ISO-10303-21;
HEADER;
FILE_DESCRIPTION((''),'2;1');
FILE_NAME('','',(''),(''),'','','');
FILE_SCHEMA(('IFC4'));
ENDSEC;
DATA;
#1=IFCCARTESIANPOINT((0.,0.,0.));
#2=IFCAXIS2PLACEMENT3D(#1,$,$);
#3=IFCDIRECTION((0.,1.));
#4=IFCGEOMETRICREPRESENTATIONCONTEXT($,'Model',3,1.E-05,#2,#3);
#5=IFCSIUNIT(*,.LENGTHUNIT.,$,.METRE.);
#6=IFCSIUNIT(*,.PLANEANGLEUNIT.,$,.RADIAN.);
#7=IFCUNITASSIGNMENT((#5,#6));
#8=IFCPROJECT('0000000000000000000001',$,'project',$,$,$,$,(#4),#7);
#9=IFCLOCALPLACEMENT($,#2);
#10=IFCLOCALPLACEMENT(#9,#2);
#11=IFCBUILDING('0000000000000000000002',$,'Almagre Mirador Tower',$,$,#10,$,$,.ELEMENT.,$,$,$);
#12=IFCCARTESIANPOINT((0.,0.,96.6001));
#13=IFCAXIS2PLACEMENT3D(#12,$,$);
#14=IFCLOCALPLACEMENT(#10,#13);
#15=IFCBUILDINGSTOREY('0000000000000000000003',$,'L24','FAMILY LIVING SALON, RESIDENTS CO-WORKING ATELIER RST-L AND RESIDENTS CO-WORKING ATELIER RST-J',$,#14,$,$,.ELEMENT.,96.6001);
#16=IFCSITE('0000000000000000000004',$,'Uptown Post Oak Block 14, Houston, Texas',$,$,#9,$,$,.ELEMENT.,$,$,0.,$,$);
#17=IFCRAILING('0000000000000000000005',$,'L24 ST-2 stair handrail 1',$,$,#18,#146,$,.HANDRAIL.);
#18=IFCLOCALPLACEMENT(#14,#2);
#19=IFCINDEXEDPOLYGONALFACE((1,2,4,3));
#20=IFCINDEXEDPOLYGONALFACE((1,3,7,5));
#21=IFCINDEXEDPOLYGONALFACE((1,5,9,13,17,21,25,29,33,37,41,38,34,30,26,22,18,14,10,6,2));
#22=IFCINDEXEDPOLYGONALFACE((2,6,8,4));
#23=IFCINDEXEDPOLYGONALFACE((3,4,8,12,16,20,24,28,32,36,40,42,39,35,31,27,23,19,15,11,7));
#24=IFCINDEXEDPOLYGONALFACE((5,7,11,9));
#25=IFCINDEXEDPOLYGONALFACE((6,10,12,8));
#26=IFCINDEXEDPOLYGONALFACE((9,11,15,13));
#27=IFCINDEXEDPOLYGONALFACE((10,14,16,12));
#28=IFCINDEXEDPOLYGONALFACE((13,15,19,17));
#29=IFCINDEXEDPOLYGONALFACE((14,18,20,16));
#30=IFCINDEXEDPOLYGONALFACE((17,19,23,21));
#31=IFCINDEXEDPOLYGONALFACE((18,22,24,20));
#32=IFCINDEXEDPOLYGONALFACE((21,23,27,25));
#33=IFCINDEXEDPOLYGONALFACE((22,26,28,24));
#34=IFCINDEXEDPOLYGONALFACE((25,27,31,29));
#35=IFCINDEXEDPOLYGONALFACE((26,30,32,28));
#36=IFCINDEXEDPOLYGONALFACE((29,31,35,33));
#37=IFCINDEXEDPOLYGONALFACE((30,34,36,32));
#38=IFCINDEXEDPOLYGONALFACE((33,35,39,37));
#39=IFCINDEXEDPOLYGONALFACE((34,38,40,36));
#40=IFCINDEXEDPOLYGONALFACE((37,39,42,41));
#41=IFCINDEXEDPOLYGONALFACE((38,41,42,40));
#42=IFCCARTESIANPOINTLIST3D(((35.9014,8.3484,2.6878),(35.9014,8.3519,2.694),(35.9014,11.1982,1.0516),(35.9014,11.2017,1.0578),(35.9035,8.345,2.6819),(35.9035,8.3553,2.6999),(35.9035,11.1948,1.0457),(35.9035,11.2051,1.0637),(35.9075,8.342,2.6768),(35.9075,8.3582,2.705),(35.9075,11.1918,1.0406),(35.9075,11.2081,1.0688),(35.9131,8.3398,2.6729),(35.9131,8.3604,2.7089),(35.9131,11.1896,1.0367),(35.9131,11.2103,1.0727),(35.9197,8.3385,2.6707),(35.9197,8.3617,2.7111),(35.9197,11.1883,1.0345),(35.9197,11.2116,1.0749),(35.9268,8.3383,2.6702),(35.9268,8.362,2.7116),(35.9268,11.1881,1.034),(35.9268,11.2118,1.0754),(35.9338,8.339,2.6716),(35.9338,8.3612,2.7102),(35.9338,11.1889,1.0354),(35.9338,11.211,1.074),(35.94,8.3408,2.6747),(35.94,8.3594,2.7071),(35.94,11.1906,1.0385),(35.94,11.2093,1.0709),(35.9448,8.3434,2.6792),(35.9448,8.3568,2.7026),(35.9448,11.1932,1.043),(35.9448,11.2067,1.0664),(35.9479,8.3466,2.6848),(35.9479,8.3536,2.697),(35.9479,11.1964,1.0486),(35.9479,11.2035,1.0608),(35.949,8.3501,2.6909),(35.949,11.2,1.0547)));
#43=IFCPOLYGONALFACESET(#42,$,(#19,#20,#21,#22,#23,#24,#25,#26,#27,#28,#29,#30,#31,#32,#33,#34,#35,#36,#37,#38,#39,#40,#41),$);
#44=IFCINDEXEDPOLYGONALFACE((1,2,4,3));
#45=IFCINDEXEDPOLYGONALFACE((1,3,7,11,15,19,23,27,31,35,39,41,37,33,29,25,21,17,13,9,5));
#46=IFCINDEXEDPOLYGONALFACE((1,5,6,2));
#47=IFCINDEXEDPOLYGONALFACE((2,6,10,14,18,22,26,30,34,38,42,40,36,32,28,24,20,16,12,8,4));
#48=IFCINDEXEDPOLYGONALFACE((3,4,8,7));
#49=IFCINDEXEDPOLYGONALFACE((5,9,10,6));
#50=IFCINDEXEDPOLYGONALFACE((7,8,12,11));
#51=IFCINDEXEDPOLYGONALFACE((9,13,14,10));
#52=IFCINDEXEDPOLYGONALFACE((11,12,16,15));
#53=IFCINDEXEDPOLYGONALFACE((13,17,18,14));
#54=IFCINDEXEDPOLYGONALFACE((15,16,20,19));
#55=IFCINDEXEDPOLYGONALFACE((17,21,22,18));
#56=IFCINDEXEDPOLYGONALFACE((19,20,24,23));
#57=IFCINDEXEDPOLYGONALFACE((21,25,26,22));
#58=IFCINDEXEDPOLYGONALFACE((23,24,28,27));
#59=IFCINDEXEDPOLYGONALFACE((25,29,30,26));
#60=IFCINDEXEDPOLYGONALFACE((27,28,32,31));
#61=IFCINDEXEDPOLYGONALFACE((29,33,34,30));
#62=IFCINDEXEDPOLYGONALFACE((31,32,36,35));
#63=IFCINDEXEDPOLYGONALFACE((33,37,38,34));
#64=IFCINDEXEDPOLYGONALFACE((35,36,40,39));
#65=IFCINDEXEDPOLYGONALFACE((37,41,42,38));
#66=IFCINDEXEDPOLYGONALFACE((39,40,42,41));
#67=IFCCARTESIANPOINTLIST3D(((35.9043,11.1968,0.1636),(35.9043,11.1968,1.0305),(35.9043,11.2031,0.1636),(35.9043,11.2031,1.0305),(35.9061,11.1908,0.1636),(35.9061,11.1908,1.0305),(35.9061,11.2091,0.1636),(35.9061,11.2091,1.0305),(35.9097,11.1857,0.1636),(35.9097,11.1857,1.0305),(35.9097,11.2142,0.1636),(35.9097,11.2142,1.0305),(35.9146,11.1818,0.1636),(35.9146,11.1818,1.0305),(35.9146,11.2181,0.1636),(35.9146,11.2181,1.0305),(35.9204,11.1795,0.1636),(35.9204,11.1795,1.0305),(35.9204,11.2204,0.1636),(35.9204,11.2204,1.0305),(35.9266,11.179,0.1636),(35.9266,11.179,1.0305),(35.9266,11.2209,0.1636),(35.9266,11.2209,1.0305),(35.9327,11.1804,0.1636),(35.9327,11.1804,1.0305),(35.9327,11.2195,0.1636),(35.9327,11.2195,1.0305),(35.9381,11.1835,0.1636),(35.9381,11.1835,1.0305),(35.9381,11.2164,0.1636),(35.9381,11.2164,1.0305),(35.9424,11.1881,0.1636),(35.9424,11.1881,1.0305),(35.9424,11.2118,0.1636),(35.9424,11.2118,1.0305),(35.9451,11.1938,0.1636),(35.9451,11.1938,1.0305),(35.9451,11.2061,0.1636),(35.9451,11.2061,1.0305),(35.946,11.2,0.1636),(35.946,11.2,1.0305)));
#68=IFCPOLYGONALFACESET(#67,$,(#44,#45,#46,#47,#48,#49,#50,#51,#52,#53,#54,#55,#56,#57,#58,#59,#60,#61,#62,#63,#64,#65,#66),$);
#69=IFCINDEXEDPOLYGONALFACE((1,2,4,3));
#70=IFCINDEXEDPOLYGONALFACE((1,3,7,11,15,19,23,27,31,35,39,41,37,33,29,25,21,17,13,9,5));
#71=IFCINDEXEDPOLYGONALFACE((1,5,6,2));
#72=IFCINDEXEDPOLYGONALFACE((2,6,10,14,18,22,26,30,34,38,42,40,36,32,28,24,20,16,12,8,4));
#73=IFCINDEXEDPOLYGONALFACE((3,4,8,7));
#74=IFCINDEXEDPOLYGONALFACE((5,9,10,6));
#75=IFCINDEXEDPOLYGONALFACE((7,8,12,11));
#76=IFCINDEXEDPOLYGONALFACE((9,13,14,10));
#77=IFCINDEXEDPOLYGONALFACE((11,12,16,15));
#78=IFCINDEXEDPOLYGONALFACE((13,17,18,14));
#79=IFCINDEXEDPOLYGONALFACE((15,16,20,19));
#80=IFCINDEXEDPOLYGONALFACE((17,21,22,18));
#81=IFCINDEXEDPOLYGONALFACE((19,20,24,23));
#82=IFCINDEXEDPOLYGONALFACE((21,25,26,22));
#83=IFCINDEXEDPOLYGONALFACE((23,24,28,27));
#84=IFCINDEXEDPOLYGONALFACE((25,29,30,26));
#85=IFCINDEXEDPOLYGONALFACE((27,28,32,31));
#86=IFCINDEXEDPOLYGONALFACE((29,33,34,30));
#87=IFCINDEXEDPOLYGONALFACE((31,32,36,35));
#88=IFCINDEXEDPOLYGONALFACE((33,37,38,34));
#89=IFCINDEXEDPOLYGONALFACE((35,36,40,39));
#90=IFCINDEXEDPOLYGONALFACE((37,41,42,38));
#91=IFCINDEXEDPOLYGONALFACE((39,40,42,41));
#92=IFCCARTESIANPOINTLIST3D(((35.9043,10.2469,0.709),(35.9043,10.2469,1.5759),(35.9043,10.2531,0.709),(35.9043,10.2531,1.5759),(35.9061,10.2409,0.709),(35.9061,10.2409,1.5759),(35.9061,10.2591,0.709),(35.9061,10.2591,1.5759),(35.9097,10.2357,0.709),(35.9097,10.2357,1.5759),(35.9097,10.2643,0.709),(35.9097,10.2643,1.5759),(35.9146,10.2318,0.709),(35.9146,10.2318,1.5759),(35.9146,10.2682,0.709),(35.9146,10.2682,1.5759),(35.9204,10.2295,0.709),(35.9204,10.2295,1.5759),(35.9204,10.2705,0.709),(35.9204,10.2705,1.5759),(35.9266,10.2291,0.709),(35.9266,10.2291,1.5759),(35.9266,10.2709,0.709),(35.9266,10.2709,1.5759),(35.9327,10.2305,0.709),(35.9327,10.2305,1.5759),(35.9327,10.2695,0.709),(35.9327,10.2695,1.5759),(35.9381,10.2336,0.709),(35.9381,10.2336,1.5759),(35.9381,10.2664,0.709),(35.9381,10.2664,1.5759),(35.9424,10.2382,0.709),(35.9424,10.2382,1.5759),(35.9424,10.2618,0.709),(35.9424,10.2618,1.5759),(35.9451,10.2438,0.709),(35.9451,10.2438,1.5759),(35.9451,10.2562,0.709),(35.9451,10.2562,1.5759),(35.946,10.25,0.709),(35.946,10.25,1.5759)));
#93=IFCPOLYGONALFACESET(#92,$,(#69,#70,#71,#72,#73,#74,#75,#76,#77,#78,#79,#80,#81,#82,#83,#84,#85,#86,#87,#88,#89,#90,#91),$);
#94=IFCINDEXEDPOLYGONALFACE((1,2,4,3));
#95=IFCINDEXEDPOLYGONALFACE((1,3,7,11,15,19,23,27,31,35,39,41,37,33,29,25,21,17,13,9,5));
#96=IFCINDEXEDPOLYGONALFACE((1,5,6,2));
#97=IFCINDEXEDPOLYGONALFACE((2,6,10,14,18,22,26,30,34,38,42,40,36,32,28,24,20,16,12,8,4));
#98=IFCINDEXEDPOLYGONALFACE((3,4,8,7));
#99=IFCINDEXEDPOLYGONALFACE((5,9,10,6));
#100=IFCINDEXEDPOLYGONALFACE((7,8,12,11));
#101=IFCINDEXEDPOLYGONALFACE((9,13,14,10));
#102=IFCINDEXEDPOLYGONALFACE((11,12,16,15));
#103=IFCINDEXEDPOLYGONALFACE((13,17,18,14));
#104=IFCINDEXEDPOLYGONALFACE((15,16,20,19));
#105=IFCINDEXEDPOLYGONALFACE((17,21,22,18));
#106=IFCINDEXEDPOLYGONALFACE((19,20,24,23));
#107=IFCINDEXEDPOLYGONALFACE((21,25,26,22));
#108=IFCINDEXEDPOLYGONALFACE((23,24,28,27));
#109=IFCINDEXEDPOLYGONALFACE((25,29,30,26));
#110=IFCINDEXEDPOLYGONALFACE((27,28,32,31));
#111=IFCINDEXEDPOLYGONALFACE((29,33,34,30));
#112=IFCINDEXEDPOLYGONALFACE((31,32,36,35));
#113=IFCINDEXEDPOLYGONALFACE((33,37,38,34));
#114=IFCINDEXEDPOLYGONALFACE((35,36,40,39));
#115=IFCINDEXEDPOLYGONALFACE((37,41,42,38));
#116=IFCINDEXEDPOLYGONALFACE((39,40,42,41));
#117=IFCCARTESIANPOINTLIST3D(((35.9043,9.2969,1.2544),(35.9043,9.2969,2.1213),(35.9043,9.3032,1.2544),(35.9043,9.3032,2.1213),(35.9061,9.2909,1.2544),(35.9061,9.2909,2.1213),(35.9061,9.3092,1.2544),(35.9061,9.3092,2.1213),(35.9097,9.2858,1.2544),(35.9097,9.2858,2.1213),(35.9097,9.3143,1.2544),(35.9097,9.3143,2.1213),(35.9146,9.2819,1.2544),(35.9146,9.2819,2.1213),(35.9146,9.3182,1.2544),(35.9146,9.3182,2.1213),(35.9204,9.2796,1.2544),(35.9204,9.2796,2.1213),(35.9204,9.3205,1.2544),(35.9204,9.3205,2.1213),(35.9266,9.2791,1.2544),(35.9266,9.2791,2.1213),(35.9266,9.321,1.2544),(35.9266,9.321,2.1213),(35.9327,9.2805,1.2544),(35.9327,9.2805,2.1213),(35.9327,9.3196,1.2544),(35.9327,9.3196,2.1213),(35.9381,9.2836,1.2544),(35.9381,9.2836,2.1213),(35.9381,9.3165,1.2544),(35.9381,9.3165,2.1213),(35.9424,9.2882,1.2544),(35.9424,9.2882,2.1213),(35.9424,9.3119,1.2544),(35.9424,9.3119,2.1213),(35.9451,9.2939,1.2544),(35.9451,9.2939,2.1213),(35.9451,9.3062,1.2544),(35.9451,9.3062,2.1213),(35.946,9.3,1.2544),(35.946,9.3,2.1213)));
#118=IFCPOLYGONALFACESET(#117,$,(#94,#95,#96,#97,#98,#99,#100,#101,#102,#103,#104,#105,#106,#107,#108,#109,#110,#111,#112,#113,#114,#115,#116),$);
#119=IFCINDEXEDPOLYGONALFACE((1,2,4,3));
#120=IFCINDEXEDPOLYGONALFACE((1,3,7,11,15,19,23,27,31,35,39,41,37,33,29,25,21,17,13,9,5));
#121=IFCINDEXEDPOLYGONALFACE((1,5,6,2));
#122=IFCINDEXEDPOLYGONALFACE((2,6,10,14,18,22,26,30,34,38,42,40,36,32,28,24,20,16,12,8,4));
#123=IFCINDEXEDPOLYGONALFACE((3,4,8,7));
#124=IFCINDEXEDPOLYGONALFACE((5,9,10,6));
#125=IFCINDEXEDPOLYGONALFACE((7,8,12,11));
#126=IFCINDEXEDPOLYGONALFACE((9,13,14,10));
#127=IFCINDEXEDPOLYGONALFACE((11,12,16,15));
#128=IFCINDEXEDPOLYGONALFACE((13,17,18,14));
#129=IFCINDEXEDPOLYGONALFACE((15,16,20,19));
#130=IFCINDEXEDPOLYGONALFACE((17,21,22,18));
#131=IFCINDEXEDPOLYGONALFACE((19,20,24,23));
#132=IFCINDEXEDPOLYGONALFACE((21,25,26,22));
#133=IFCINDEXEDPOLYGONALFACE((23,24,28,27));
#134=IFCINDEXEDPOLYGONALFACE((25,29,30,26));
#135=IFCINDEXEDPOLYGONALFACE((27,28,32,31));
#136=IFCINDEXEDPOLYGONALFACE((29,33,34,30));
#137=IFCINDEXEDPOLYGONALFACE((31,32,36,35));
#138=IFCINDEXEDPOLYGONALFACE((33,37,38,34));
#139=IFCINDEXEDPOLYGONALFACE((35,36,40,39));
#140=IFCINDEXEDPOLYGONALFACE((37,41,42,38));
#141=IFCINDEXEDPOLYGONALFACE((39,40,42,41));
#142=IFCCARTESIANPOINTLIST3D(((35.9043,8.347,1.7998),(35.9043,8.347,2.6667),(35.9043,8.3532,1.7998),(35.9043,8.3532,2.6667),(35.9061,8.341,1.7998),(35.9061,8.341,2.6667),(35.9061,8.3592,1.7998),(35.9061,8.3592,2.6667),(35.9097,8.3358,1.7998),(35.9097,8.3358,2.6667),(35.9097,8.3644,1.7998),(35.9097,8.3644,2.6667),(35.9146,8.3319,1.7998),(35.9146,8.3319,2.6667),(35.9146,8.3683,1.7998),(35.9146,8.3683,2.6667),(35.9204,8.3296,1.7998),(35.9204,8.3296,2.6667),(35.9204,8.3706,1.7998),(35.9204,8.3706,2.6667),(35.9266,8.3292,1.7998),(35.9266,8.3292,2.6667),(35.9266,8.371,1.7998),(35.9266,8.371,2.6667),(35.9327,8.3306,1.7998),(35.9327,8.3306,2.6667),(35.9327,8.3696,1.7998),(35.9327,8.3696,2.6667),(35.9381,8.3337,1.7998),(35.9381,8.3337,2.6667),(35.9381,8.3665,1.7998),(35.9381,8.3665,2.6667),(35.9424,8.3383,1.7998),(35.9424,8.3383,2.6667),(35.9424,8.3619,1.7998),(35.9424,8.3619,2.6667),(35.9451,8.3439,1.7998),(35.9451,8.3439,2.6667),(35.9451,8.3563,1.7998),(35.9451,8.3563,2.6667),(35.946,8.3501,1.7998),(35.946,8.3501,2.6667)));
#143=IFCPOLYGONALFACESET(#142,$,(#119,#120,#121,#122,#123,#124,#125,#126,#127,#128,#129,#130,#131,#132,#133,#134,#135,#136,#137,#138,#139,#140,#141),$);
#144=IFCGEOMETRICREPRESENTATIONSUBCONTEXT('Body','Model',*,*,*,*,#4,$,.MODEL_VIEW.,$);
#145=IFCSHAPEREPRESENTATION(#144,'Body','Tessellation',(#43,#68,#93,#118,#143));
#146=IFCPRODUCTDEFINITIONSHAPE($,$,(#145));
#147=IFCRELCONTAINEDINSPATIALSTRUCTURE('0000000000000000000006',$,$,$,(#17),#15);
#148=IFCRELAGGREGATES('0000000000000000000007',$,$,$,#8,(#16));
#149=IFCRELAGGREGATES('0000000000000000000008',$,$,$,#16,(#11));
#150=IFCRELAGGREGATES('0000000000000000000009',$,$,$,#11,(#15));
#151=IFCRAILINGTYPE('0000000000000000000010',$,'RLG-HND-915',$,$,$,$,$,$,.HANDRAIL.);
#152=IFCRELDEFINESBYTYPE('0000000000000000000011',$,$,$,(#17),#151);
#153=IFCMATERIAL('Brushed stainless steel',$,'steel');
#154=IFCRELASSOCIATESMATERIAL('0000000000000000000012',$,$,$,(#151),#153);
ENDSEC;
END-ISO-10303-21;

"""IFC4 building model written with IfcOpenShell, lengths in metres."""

from ifc_helpers import new_model, si_unit, direction, frame, origin, origin_2d, place, context, subcontext, project, spatial, circle, extrude, material, type_object, element, save


model = new_model("IFC4")

# Units and contexts
model_context = context("Model", 3, precision=1e-05, world=origin(), true_north=direction((0.0, 1.0)))
body_context = subcontext(model_context, "Body", "Model", "MODEL_VIEW")
ifc_project = project(units=[si_unit("LENGTHUNIT", "METRE"), si_unit("PLANEANGLEUNIT", "RADIAN")], contexts=[model_context])

# Site, building, storey
site_placement = place(None, origin())
site = spatial("IfcSite", under=ifc_project, at=site_placement, Name="Uptown Post Oak Block 14, Houston, Texas", CompositionType="ELEMENT", RefElevation=0.0)
building_placement = place(site_placement, origin())
building = spatial("IfcBuilding", under=site, at=building_placement, Name="Almagre Mirador Tower", CompositionType="ELEMENT")
storey_placement = place(building_placement, frame((0.0, 0.0, 96.6001)))
storey = spatial("IfcBuildingStorey", under=building, at=storey_placement, Name="L24", Description="FAMILY LIVING SALON, RESIDENTS CO-WORKING ATELIER RST-L AND RESIDENTS CO-WORKING ATELIER RST-J", CompositionType="ELEMENT", Elevation=96.6001)

# Railing
ifc_material_1 = material(Name="Brushed stainless steel", Category="steel")
railing_type_1 = type_object("IfcRailingType", Name="RLG-HND-915", PredefinedType="HANDRAIL", material=ifc_material_1)
railing_1_placement = place(storey_placement, frame((35.925, 11.2, 0.1636)))
element("IfcRailing", 1, at=railing_1_placement, inside=storey, type_object=railing_type_1, Name="L24 ST-2 stair handrail 1", PredefinedType="HANDRAIL", context=body_context, shape_type="SweptSolid", body=[
    extrude(circle(Radius=0.0239, at=origin_2d()), frame((0.0, 0.0, 0.8911), z_axis=(0.0, -0.867226, 0.497914), x_axis=(1.0, 0.0, 0.0)), (0.0, 0.0, 1.0), 3.2861),
    extrude(circle(Radius=0.021, at=origin_2d()), origin(), (0.0, 0.0, 1.0), 0.8669),
    extrude(circle(Radius=0.021, at=origin_2d()), frame((0.0, -0.95, 0.5454)), (0.0, 0.0, 1.0), 0.8669),
    extrude(circle(Radius=0.021, at=origin_2d()), frame((0.0, -1.8999, 1.0908)), (0.0, 0.0, 1.0), 0.8669),
    extrude(circle(Radius=0.021, at=origin_2d()), frame((0.0, -2.8499, 1.6362)), (0.0, 0.0, 1.0), 0.8669),
])

save(model, "model.ifc")
